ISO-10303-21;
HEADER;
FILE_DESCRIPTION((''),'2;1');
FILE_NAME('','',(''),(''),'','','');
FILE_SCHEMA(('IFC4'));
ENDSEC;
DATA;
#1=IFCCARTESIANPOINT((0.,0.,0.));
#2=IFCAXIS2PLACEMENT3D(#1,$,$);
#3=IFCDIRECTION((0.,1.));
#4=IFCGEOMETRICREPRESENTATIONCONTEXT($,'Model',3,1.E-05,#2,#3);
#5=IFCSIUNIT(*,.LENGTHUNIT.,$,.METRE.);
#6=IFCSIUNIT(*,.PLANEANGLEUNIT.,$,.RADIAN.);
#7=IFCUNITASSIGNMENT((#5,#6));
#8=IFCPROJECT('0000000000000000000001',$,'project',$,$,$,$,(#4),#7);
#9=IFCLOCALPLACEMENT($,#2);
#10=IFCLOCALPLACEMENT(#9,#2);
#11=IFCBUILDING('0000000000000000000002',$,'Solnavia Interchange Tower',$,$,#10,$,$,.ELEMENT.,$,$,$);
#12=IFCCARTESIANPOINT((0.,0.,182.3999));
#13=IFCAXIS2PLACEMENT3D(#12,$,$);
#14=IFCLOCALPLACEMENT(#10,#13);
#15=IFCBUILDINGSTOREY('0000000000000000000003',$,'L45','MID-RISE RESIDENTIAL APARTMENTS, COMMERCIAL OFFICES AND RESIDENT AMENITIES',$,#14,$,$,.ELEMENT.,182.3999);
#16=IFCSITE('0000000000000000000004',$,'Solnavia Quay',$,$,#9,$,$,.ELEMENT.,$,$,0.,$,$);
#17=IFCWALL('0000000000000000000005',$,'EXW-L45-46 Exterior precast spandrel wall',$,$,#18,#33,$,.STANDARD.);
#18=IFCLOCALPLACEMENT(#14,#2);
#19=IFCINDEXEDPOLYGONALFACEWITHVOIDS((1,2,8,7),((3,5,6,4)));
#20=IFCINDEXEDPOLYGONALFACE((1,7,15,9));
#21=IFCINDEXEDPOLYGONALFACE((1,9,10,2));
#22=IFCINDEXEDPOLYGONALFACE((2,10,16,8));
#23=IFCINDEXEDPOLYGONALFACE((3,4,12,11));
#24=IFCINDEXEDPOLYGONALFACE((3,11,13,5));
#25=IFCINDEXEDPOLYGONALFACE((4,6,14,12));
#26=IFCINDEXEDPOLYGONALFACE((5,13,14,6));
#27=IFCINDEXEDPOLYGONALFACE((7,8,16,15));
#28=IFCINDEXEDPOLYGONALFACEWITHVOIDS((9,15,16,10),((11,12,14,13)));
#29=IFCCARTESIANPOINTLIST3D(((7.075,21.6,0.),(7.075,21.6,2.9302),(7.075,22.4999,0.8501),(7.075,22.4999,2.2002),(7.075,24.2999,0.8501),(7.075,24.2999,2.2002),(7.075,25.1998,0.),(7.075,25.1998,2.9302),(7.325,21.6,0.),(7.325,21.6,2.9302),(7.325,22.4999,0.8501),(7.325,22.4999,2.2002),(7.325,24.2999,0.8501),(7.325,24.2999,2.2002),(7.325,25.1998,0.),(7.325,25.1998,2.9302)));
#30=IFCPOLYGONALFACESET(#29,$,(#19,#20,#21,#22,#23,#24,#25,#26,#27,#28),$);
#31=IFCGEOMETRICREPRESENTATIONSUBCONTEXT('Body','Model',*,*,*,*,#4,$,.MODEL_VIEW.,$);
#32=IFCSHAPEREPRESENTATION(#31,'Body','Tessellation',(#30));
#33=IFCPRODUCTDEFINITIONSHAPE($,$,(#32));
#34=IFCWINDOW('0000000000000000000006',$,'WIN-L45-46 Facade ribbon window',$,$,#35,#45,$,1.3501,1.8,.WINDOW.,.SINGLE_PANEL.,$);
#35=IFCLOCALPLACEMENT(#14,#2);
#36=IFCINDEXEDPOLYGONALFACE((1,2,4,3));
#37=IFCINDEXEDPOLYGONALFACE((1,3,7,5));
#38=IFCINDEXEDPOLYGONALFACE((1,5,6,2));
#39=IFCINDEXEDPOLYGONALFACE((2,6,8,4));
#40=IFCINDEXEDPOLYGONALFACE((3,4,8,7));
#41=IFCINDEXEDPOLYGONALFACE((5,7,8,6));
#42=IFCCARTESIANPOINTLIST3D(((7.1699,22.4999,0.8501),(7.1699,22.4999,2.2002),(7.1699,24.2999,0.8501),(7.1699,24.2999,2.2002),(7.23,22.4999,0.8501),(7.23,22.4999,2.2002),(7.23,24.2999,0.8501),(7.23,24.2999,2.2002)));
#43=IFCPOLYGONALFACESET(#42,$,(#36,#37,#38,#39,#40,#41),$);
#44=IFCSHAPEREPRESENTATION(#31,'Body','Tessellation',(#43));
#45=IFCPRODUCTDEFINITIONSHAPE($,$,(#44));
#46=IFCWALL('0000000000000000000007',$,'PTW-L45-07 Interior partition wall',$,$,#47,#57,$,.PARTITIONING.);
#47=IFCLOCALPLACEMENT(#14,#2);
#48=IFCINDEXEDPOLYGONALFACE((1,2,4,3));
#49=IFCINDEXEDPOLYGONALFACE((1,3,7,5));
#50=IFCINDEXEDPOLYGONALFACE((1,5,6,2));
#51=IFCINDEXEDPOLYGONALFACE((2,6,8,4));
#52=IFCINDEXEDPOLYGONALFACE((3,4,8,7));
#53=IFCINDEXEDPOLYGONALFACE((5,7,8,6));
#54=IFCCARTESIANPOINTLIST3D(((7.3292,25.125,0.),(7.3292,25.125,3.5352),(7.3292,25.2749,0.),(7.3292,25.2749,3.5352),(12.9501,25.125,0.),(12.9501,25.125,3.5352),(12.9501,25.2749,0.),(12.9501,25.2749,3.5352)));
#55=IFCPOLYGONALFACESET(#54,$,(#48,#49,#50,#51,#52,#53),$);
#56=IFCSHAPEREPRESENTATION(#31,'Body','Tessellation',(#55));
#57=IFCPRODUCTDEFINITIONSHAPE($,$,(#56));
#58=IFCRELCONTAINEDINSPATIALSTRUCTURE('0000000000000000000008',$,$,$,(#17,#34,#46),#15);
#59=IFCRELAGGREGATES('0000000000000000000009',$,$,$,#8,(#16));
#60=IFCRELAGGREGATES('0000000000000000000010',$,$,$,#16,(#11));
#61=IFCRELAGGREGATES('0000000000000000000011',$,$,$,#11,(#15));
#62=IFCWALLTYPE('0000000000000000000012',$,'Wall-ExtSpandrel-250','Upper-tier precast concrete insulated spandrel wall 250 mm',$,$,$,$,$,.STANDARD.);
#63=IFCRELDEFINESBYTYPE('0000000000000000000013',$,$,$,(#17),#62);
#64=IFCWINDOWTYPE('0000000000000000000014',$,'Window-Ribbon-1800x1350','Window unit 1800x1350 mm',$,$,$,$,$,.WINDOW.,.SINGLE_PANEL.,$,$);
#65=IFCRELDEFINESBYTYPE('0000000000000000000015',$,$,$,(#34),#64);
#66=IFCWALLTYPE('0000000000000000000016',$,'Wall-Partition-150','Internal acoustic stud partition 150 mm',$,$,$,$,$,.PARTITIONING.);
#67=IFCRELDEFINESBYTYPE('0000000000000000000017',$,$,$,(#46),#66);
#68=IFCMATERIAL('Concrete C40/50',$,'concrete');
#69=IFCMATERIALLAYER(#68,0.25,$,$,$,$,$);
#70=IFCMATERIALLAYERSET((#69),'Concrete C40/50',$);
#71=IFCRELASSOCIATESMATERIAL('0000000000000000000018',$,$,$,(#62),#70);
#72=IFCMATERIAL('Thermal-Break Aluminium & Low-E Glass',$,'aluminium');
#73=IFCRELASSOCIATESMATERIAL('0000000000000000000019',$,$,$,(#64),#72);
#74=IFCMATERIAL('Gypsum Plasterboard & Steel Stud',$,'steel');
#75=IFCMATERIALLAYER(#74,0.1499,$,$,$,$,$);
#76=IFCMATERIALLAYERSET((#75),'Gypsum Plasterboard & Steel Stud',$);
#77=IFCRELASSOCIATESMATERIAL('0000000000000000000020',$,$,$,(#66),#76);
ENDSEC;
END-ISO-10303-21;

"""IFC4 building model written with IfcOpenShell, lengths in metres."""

from ifc_helpers import new_model, si_unit, direction, frame, frame_2d, origin, place, context, subcontext, project, spatial, rectangle, extrude, material, layer, layer_set, type_object, element, fill, save


model = new_model("IFC4")

# Units and contexts
model_context = context("Model", 3, precision=1e-05, world=origin(), true_north=direction((0.0, 1.0)))
body_context = subcontext(model_context, "Body", "Model", "MODEL_VIEW")
ifc_project = project(units=[si_unit("LENGTHUNIT", "METRE"), si_unit("PLANEANGLEUNIT", "RADIAN")], contexts=[model_context])

# Site, building, storey
site_placement = place(None, origin())
site = spatial("IfcSite", under=ifc_project, at=site_placement, Name="Solnavia Quay", CompositionType="ELEMENT", RefElevation=0.0)
building_placement = place(site_placement, origin())
building = spatial("IfcBuilding", under=site, at=building_placement, Name="Solnavia Interchange Tower", CompositionType="ELEMENT")
storey_placement = place(building_placement, frame((0.0, 0.0, 182.3999)))
storey = spatial("IfcBuildingStorey", under=building, at=storey_placement, Name="L45", Description="MID-RISE RESIDENTIAL APARTMENTS, COMMERCIAL OFFICES AND RESIDENT AMENITIES", CompositionType="ELEMENT", Elevation=182.3999)

# Shared definitions
ifc_material_1 = material(Name="Concrete C40/50", Category="concrete")
ifc_layer_1 = layer(ifc_material_1, 0.25)
ifc_layer_set_1 = layer_set([ifc_layer_1], Name="Concrete C40/50")
wall_type_1 = type_object("IfcWallType", Name="Wall-ExtSpandrel-250", Description="Upper-tier precast concrete insulated spandrel wall 250 mm", PredefinedType="STANDARD", material=ifc_layer_set_1)

# Wall, opening, window
wall_1_placement = place(storey_placement, frame((7.2, 21.6001, 0.0), z_axis=(0.0, 0.0, 1.0), x_axis=(0.0, 1.0, 0.0)))
wall_1 = element("IfcWall", 1, at=wall_1_placement, inside=storey, type_object=wall_type_1, Name="EXW-L45-46 Exterior precast spandrel wall", PredefinedType="STANDARD", context=body_context, shape_type="SweptSolid", body=[
    extrude(rectangle(XDim=3.5999, YDim=0.25, at=frame_2d((1.7998, 0.0))), origin(), (0.0, 0.0, 1.0), 2.9302),
])
opening_placement = place(wall_1_placement, frame((0.8999, 0.0, 0.8501)))
opening = element("IfcOpeningElement", 2, at=opening_placement, cuts=wall_1, PredefinedType="OPENING", context=body_context, shape_type="SweptSolid", body=[
    extrude(rectangle(XDim=1.8, YDim=1.3501, at=frame_2d((0.8999, 0.675))), frame((0.0, 0.135, 0.0), z_axis=(0.0, -1.0, 0.0), x_axis=(1.0, 0.0, 0.0)), (0.0, 0.0, 1.0), 0.27),
])
ifc_material_2 = material(Name="Thermal-Break Aluminium & Low-E Glass", Category="aluminium")
window_type = type_object("IfcWindowType", Name="Window-Ribbon-1800x1350", Description="Window unit 1800x1350 mm", PartitioningType="SINGLE_PANEL", PredefinedType="WINDOW", material=ifc_material_2)
window_placement = place(opening_placement, origin())
window = element("IfcWindow", 3, at=window_placement, inside=storey, type_object=window_type, Name="WIN-L45-46 Facade ribbon window", OverallHeight=1.3501, OverallWidth=1.8, PartitioningType="SINGLE_PANEL", PredefinedType="WINDOW", context=body_context, shape_type="SweptSolid", body=[
    extrude(rectangle(XDim=1.8, YDim=1.3501, at=frame_2d((0.8999, 0.675))), frame((0.0, 0.03, 0.0), z_axis=(0.0, -1.0, 0.0), x_axis=(1.0, 0.0, 0.0)), (0.0, 0.0, 1.0), 0.0601),
])
fill(opening, window)

# Wall
ifc_material_3 = material(Name="Gypsum Plasterboard & Steel Stud", Category="steel")
ifc_layer_2 = layer(ifc_material_3, 0.1499)
ifc_layer_set_2 = layer_set([ifc_layer_2], Name="Gypsum Plasterboard & Steel Stud")
wall_type_2 = type_object("IfcWallType", Name="Wall-Partition-150", Description="Internal acoustic stud partition 150 mm", PredefinedType="PARTITIONING", material=ifc_layer_set_2)
wall_2_placement = place(storey_placement, frame((7.3291, 25.2, 0.0), z_axis=(0.0, 0.0, 1.0), x_axis=(1.0, 0.0, 0.0)))
element("IfcWall", 4, at=wall_2_placement, inside=storey, type_object=wall_type_2, Name="PTW-L45-07 Interior partition wall", PredefinedType="PARTITIONING", context=body_context, shape_type="SweptSolid", body=[
    extrude(rectangle(XDim=5.6208, YDim=0.1499, at=frame_2d((2.8105, 0.0))), origin(), (0.0, 0.0, 1.0), 3.5352),
])

save(model, "model.ifc")
